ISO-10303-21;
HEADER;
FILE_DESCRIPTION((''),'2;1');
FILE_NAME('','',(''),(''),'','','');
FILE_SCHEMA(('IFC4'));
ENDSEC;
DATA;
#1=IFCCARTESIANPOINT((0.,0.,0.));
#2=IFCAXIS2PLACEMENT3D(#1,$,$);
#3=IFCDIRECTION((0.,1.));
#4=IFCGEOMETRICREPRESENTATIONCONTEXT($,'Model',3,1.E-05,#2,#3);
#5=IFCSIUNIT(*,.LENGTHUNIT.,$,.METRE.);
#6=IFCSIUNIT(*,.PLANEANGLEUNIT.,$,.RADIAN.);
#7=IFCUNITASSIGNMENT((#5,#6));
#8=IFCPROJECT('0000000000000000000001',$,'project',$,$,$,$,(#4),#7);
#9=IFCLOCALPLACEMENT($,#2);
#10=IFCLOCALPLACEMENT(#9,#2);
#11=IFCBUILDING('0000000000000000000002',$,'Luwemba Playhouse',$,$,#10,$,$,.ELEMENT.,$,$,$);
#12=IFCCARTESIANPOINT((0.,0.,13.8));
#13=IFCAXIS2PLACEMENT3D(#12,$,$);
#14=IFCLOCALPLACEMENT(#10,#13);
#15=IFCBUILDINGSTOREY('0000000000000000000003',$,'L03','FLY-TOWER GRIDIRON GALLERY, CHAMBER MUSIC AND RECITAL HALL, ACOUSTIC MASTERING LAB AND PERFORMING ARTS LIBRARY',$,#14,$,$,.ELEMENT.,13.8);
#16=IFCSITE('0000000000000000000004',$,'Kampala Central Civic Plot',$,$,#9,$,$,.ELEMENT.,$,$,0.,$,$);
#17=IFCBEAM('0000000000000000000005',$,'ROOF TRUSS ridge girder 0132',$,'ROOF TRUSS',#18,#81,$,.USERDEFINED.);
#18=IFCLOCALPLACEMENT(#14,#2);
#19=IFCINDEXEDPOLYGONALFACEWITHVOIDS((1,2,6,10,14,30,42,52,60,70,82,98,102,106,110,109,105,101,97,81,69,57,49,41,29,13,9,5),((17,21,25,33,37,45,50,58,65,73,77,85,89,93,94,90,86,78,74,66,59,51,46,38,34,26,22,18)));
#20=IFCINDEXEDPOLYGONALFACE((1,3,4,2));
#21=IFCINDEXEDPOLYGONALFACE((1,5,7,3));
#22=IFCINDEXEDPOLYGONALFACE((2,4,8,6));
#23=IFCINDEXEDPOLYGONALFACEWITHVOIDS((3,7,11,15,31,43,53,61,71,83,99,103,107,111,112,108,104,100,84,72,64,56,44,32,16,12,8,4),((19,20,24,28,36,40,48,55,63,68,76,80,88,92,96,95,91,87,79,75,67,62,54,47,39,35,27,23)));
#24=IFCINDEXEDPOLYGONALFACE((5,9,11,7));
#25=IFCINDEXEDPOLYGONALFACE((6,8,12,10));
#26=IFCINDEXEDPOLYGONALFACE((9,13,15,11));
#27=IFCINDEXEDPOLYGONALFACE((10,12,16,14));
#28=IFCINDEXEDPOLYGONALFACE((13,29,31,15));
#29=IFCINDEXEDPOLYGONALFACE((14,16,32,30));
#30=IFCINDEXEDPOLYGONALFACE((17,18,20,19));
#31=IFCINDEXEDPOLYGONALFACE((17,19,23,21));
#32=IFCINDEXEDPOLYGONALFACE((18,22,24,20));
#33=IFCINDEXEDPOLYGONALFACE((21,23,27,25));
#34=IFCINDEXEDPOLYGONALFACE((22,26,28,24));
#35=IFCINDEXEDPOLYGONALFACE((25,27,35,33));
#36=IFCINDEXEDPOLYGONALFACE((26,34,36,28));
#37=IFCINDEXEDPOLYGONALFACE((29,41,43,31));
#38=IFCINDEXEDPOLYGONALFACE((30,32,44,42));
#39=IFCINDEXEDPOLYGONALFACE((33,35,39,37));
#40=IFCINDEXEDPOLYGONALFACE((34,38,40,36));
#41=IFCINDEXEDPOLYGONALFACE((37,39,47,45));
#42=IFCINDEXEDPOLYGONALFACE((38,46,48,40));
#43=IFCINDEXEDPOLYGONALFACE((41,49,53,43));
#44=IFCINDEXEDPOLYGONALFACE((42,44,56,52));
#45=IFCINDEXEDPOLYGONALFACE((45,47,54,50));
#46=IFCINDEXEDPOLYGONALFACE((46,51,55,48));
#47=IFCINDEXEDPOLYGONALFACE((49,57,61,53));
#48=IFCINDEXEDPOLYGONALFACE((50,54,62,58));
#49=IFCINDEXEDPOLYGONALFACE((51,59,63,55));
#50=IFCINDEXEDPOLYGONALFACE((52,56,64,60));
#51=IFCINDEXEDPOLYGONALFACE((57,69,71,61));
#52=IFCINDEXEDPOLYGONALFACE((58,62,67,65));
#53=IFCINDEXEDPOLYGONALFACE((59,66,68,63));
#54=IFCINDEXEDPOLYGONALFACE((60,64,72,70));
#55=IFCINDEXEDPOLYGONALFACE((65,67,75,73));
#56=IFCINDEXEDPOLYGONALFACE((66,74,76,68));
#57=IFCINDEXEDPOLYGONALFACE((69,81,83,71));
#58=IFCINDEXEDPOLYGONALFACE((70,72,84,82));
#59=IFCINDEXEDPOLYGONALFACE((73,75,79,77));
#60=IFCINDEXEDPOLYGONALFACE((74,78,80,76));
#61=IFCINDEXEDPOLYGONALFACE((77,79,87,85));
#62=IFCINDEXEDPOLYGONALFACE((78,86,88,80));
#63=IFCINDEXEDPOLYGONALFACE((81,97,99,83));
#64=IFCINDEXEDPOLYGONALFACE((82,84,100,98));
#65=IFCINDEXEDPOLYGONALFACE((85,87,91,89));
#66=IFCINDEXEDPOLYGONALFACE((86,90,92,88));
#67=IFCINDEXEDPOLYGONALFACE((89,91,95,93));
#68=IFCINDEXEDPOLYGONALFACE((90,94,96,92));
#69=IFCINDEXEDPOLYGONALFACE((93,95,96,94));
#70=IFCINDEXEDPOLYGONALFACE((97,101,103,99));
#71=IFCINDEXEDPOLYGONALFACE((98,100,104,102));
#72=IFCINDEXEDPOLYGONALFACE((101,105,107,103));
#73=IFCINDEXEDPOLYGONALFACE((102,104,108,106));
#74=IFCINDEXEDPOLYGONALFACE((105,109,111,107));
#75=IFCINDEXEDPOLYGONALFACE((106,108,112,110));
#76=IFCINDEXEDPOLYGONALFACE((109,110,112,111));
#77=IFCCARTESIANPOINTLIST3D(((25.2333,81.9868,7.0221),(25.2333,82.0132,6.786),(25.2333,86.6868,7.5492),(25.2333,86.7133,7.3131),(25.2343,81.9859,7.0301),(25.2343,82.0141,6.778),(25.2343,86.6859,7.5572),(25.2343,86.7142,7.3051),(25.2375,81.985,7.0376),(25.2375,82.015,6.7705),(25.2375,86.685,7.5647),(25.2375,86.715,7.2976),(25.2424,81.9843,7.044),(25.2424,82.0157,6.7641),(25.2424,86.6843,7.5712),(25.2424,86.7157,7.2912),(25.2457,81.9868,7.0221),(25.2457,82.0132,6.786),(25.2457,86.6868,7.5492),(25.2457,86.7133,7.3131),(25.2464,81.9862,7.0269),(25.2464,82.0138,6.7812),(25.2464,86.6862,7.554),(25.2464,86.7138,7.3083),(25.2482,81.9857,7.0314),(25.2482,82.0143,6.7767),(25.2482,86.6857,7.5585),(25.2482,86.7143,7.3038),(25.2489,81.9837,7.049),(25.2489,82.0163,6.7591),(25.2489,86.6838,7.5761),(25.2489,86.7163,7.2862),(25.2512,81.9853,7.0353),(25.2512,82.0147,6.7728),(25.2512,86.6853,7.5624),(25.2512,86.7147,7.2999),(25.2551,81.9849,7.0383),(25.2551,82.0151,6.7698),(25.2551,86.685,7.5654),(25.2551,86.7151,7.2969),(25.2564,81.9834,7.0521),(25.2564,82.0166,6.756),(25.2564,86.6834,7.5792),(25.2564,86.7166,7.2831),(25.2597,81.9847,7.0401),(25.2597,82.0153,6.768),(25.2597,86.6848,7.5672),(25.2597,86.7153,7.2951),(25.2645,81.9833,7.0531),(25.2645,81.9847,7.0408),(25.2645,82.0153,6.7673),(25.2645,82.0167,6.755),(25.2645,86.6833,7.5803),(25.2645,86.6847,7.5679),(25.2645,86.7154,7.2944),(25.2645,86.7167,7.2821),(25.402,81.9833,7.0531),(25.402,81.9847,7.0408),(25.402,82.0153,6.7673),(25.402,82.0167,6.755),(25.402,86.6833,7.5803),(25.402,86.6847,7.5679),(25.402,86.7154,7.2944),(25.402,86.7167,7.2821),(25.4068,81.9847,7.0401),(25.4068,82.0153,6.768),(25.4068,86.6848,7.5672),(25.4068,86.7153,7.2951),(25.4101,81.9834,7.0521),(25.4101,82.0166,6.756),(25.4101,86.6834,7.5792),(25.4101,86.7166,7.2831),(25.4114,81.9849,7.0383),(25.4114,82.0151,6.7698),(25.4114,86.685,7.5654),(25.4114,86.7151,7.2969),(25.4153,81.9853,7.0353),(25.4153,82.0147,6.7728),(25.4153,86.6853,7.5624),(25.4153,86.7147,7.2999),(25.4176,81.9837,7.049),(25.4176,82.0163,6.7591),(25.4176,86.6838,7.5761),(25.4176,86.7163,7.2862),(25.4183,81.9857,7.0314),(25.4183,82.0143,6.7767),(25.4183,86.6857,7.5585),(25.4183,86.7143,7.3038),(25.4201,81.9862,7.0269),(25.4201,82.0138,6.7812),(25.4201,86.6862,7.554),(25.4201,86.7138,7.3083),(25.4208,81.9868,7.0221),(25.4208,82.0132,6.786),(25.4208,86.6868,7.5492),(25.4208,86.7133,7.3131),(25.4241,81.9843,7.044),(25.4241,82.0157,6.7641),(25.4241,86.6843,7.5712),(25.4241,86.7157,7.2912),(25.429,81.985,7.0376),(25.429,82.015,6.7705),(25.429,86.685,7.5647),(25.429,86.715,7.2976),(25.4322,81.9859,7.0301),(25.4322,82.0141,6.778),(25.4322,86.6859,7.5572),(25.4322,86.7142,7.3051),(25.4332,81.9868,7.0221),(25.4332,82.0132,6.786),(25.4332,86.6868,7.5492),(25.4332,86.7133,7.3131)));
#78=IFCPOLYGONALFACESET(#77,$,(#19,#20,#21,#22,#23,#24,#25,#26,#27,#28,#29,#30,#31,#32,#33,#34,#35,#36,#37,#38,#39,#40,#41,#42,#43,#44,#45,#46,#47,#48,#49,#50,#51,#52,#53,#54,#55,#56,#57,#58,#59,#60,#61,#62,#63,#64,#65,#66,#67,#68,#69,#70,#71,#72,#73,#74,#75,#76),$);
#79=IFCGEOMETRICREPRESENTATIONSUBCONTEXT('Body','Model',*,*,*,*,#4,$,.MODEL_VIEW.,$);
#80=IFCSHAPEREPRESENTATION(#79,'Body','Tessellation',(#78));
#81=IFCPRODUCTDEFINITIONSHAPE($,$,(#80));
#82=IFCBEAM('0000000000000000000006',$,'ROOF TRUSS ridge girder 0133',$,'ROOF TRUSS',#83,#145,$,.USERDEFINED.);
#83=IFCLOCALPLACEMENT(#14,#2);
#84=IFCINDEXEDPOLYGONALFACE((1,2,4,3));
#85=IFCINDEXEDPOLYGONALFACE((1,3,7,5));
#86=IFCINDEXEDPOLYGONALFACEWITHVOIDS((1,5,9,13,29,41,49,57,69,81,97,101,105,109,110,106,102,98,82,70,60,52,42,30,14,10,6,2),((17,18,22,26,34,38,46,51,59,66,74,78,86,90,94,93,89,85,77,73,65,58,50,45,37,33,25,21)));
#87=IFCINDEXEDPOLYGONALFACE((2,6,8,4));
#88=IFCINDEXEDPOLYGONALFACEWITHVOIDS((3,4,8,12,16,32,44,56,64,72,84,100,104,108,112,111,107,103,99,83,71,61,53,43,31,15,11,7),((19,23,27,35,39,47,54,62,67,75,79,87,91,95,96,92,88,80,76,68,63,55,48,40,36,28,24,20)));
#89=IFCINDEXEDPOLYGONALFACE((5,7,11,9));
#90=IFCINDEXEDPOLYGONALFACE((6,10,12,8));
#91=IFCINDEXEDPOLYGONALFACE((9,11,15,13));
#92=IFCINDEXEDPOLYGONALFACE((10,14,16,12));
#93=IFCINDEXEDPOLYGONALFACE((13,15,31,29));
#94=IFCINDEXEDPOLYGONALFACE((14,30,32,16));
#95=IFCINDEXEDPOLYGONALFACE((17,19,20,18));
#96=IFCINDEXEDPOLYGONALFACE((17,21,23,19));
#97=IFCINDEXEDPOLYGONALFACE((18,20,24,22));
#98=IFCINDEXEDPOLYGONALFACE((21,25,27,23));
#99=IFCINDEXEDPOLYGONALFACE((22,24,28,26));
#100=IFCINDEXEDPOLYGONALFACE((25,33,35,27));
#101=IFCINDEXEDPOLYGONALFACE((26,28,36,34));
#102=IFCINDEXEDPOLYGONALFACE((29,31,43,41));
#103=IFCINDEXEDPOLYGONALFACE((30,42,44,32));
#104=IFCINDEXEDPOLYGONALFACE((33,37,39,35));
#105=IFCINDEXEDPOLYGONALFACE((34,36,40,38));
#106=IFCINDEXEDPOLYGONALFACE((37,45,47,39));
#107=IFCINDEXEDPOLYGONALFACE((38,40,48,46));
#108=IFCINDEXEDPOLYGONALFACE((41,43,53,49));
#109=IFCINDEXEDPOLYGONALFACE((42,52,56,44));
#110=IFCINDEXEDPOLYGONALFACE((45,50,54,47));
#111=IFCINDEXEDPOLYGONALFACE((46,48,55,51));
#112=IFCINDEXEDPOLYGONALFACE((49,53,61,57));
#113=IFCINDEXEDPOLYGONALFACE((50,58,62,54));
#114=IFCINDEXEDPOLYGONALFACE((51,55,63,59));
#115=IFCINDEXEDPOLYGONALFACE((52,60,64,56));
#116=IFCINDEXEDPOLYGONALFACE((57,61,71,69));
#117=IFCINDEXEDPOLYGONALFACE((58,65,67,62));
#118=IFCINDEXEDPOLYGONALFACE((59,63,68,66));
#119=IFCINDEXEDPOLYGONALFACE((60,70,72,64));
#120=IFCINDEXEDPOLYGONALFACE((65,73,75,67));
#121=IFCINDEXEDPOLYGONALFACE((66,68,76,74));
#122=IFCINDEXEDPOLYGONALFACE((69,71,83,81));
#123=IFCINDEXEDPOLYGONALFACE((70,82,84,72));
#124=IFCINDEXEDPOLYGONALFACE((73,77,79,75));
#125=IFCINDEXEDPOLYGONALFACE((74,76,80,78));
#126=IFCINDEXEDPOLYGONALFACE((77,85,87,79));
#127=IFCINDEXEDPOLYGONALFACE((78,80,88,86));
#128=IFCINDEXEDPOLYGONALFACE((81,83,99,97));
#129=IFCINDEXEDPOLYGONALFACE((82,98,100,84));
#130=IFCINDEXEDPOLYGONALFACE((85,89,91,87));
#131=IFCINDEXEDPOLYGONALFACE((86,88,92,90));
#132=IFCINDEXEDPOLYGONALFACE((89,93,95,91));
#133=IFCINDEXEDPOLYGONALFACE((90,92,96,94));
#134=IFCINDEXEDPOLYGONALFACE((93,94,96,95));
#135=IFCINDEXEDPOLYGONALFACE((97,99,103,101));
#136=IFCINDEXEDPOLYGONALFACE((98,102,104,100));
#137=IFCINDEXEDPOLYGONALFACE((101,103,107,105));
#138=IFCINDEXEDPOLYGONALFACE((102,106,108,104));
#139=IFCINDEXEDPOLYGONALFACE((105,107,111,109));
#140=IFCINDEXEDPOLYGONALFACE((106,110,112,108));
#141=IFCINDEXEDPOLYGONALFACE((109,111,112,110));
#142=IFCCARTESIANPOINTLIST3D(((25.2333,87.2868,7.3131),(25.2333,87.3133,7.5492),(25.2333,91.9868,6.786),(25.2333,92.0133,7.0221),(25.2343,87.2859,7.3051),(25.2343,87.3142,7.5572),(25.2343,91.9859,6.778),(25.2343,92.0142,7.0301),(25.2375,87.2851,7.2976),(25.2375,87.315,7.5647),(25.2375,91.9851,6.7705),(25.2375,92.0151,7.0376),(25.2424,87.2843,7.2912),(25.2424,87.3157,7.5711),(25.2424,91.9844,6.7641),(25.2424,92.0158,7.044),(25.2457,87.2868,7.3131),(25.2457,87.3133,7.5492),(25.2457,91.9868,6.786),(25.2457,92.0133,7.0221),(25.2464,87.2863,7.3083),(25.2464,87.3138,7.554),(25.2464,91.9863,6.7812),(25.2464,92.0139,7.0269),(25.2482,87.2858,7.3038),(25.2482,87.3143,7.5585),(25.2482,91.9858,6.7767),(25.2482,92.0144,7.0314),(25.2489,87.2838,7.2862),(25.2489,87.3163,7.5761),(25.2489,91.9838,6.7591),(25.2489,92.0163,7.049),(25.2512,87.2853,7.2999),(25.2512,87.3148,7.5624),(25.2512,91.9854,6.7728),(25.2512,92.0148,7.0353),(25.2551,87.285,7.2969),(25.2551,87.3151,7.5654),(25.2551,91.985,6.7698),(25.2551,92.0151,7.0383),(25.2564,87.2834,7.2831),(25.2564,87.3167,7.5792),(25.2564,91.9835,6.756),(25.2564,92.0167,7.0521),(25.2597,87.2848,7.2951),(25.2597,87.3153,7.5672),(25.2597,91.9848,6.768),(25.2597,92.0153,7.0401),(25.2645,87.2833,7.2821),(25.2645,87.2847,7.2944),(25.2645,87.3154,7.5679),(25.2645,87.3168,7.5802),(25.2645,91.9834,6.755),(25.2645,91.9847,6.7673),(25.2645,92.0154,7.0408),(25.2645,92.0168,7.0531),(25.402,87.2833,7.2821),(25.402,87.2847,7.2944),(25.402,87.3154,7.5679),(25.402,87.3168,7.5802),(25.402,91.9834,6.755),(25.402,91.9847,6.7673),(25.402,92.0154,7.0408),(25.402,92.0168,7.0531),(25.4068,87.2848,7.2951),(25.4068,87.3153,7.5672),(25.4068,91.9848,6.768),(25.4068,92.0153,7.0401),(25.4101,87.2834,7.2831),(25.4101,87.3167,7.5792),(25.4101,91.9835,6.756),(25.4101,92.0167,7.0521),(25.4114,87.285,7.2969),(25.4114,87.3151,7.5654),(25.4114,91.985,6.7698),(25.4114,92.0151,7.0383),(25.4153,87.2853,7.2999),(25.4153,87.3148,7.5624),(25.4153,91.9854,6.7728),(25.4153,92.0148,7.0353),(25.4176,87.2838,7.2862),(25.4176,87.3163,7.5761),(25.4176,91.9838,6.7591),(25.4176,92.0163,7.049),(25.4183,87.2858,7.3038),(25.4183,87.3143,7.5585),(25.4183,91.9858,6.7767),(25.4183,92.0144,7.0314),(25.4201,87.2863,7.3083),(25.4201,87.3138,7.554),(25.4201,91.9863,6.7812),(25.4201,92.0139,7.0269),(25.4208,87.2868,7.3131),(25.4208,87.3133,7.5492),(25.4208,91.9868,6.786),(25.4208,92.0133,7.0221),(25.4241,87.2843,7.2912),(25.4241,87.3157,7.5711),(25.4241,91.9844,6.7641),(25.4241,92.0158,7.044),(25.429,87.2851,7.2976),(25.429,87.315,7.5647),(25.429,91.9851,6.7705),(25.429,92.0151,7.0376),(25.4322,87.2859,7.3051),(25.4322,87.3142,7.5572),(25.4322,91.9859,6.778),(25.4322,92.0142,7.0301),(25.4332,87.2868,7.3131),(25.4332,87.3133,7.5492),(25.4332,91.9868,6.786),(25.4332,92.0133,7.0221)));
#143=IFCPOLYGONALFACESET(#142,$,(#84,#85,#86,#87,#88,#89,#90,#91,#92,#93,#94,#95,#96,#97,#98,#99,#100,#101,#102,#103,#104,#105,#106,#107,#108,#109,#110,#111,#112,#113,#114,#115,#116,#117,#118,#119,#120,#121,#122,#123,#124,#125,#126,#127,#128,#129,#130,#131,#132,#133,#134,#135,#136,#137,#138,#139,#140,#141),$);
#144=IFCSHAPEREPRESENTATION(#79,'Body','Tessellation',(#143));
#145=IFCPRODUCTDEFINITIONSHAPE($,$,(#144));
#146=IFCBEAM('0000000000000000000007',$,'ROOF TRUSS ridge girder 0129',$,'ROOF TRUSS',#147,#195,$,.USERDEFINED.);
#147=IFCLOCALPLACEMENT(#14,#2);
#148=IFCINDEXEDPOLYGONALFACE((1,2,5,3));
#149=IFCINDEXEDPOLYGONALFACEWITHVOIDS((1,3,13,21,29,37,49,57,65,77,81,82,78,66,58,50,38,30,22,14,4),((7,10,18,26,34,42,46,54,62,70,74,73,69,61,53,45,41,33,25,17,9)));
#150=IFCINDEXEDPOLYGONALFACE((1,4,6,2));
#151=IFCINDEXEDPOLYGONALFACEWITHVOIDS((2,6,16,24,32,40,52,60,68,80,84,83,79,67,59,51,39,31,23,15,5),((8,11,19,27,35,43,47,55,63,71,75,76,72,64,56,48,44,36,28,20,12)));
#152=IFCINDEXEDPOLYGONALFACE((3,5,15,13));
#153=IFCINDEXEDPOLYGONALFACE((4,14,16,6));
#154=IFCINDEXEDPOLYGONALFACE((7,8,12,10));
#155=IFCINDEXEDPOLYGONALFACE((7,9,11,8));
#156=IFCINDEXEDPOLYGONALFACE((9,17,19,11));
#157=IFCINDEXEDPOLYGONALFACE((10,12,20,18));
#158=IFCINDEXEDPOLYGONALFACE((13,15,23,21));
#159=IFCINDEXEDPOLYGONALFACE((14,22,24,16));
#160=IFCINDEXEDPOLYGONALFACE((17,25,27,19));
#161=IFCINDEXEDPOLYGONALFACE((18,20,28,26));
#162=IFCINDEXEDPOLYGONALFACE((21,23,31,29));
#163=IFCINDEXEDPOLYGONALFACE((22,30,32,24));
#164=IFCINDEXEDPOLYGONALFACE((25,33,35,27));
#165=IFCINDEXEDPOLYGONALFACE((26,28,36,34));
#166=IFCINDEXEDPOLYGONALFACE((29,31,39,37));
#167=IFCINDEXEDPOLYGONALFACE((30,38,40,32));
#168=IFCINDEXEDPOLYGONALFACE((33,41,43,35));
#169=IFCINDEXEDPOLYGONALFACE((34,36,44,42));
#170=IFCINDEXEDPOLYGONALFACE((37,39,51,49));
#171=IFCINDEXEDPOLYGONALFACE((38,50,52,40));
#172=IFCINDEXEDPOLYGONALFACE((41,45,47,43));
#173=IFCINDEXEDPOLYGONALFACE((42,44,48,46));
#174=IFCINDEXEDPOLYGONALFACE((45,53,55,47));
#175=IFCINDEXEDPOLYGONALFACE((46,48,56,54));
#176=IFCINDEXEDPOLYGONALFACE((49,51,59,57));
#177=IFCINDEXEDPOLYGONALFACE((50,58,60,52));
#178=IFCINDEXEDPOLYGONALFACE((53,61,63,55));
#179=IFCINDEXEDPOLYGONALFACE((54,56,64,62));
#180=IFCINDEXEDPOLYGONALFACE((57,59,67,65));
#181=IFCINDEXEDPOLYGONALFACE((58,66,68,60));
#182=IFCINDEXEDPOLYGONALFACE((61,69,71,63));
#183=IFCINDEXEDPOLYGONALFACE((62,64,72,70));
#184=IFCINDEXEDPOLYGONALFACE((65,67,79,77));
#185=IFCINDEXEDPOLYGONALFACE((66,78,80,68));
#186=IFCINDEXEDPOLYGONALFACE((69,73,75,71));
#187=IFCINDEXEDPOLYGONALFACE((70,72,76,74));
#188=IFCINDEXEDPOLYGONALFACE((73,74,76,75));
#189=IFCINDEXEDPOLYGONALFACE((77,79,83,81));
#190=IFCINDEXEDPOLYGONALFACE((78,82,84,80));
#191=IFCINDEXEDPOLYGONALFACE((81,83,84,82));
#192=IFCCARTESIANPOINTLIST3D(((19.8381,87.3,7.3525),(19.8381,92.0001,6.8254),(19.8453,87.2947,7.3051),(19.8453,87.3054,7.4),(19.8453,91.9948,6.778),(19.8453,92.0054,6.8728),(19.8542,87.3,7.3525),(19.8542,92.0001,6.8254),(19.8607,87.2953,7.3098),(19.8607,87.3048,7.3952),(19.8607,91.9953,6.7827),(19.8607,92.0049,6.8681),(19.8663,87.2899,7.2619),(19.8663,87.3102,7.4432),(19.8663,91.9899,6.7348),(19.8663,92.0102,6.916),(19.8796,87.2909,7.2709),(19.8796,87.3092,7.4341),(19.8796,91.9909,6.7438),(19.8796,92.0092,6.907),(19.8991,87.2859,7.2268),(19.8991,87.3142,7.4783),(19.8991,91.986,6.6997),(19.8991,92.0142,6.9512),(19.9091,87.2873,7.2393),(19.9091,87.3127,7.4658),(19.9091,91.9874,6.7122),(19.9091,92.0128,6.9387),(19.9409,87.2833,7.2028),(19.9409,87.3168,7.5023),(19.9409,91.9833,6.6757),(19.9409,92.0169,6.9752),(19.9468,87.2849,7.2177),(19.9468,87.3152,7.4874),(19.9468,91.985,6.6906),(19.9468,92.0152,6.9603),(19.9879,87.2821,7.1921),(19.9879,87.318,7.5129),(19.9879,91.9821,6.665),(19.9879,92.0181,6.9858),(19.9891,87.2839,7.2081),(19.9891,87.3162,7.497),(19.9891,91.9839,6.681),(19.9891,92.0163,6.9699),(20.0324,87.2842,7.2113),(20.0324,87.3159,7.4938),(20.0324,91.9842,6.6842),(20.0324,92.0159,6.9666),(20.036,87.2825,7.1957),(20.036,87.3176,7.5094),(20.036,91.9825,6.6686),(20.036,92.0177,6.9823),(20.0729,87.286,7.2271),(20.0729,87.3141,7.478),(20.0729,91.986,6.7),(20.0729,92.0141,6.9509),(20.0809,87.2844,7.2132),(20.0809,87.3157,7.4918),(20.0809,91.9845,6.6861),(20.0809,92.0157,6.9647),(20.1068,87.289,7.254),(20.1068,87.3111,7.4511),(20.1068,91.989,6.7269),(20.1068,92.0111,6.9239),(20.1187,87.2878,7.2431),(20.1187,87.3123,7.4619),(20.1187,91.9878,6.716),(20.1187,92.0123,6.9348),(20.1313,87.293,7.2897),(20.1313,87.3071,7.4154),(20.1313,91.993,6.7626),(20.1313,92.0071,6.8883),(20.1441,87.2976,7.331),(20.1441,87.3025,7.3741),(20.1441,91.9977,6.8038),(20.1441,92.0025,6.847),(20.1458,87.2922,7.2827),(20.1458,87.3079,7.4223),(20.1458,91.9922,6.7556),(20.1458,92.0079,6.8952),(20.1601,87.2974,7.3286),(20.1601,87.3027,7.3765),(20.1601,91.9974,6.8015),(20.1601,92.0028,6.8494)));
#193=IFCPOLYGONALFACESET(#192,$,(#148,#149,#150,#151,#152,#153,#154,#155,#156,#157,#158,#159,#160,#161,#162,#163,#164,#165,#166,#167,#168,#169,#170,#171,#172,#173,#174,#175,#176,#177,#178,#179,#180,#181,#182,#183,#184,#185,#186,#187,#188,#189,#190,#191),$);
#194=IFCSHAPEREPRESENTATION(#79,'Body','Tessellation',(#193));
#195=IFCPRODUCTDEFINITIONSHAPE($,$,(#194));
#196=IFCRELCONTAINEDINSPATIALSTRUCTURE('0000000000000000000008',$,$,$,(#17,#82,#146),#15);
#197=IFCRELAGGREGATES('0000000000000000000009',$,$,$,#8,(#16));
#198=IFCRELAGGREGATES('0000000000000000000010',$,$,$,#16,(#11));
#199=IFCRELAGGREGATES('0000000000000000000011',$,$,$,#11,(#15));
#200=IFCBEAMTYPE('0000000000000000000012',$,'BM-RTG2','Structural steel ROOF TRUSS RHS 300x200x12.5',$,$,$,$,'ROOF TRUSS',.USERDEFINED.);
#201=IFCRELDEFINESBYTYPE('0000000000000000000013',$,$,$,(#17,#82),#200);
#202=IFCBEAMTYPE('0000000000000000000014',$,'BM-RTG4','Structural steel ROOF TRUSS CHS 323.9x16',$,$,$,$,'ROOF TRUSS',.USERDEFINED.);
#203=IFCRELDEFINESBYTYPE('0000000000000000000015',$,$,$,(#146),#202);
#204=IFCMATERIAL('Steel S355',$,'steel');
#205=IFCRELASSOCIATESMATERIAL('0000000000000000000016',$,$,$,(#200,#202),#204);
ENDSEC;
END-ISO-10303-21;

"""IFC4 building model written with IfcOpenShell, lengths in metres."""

from ifc_helpers import new_model, si_unit, direction, frame, origin, origin_2d, place, context, subcontext, project, spatial, hollow_rectangle, hollow_circle, extrude, material, material_profile, profile_set, type_object, element, save


model = new_model("IFC4")

# Units and contexts
model_context = context("Model", 3, precision=1e-05, world=origin(), true_north=direction((0.0, 1.0)))
body_context = subcontext(model_context, "Body", "Model", "MODEL_VIEW")
ifc_project = project(units=[si_unit("LENGTHUNIT", "METRE"), si_unit("PLANEANGLEUNIT", "RADIAN")], contexts=[model_context])

# Site, building, storey
site_placement = place(None, origin())
site = spatial("IfcSite", under=ifc_project, at=site_placement, Name="Kampala Central Civic Plot", CompositionType="ELEMENT", RefElevation=0.0)
building_placement = place(site_placement, origin())
building = spatial("IfcBuilding", under=site, at=building_placement, Name="Luwemba Playhouse", CompositionType="ELEMENT")
storey_placement = place(building_placement, frame((0.0, 0.0, 13.8)))
storey = spatial("IfcBuildingStorey", under=building, at=storey_placement, Name="L03", Description="FLY-TOWER GRIDIRON GALLERY, CHAMBER MUSIC AND RECITAL HALL, ACOUSTIC MASTERING LAB AND PERFORMING ARTS LIBRARY", CompositionType="ELEMENT", Elevation=13.8)

# Beams
ifc_material_1 = material(Name="Steel S355", Category="steel")
ifc_material_profile_1 = material_profile(ifc_material_1, hollow_rectangle(XDim=0.2, YDim=0.3, WallThickness=0.0125, InnerFilletRadius=0.0188, OuterFilletRadius=0.0312, at=origin_2d()))
ifc_profile_set_1 = profile_set([ifc_material_profile_1], Name="Steel S355")
beam_type_1 = type_object("IfcBeamType", Name="BM-RTG2", Description="Structural steel ROOF TRUSS RHS 300x200x12.5", ElementType="ROOF TRUSS", PredefinedType="USERDEFINED", material=ifc_profile_set_1)
for number, where, z_axis, x_axis, name in (
    (1, (25.3333, 82.0, 6.9041), (0.0, 0.99377, 0.111451), (-1.0, 0.0, 0.0), "ROOF TRUSS ridge girder 0132"),
    (2, (25.3333, 87.3, 7.4312), (0.0, 0.99377, -0.111451), (-1.0, 0.0, 0.0), "ROOF TRUSS ridge girder 0133"),
):
    element("IfcBeam", number, at=place(storey_placement, frame(where, z_axis=z_axis, x_axis=x_axis)), inside=storey, type_object=beam_type_1, Name=name, ObjectType="ROOF TRUSS", PredefinedType="USERDEFINED", context=body_context, shape_type="SweptSolid", body=[
        extrude(hollow_rectangle(XDim=0.2, YDim=0.3, WallThickness=0.0125, InnerFilletRadius=0.0188, OuterFilletRadius=0.0312, at=origin_2d()), origin(), (0.0, 0.0, 1.0), 4.7295),
    ])
ifc_material_profile_2 = material_profile(ifc_material_1, hollow_circle(Radius=0.1619, WallThickness=0.0161, at=origin_2d()))
ifc_profile_set_2 = profile_set([ifc_material_profile_2], Name="Steel S355")
beam_type_2 = type_object("IfcBeamType", Name="BM-RTG4", Description="Structural steel ROOF TRUSS CHS 323.9x16", ElementType="ROOF TRUSS", PredefinedType="USERDEFINED", material=ifc_profile_set_2)
beam_placement = place(storey_placement, frame((20.0, 87.3, 7.3525), z_axis=(0.0, 0.99377, -0.111451), x_axis=(-1.0, 0.0, 0.0)))
element("IfcBeam", 3, at=beam_placement, inside=storey, type_object=beam_type_2, Name="ROOF TRUSS ridge girder 0129", ObjectType="ROOF TRUSS", PredefinedType="USERDEFINED", context=body_context, shape_type="SweptSolid", body=[
    extrude(hollow_circle(Radius=0.1619, WallThickness=0.0161, at=origin_2d()), origin(), (0.0, 0.0, 1.0), 4.7295),
])

save(model, "model.ifc")
